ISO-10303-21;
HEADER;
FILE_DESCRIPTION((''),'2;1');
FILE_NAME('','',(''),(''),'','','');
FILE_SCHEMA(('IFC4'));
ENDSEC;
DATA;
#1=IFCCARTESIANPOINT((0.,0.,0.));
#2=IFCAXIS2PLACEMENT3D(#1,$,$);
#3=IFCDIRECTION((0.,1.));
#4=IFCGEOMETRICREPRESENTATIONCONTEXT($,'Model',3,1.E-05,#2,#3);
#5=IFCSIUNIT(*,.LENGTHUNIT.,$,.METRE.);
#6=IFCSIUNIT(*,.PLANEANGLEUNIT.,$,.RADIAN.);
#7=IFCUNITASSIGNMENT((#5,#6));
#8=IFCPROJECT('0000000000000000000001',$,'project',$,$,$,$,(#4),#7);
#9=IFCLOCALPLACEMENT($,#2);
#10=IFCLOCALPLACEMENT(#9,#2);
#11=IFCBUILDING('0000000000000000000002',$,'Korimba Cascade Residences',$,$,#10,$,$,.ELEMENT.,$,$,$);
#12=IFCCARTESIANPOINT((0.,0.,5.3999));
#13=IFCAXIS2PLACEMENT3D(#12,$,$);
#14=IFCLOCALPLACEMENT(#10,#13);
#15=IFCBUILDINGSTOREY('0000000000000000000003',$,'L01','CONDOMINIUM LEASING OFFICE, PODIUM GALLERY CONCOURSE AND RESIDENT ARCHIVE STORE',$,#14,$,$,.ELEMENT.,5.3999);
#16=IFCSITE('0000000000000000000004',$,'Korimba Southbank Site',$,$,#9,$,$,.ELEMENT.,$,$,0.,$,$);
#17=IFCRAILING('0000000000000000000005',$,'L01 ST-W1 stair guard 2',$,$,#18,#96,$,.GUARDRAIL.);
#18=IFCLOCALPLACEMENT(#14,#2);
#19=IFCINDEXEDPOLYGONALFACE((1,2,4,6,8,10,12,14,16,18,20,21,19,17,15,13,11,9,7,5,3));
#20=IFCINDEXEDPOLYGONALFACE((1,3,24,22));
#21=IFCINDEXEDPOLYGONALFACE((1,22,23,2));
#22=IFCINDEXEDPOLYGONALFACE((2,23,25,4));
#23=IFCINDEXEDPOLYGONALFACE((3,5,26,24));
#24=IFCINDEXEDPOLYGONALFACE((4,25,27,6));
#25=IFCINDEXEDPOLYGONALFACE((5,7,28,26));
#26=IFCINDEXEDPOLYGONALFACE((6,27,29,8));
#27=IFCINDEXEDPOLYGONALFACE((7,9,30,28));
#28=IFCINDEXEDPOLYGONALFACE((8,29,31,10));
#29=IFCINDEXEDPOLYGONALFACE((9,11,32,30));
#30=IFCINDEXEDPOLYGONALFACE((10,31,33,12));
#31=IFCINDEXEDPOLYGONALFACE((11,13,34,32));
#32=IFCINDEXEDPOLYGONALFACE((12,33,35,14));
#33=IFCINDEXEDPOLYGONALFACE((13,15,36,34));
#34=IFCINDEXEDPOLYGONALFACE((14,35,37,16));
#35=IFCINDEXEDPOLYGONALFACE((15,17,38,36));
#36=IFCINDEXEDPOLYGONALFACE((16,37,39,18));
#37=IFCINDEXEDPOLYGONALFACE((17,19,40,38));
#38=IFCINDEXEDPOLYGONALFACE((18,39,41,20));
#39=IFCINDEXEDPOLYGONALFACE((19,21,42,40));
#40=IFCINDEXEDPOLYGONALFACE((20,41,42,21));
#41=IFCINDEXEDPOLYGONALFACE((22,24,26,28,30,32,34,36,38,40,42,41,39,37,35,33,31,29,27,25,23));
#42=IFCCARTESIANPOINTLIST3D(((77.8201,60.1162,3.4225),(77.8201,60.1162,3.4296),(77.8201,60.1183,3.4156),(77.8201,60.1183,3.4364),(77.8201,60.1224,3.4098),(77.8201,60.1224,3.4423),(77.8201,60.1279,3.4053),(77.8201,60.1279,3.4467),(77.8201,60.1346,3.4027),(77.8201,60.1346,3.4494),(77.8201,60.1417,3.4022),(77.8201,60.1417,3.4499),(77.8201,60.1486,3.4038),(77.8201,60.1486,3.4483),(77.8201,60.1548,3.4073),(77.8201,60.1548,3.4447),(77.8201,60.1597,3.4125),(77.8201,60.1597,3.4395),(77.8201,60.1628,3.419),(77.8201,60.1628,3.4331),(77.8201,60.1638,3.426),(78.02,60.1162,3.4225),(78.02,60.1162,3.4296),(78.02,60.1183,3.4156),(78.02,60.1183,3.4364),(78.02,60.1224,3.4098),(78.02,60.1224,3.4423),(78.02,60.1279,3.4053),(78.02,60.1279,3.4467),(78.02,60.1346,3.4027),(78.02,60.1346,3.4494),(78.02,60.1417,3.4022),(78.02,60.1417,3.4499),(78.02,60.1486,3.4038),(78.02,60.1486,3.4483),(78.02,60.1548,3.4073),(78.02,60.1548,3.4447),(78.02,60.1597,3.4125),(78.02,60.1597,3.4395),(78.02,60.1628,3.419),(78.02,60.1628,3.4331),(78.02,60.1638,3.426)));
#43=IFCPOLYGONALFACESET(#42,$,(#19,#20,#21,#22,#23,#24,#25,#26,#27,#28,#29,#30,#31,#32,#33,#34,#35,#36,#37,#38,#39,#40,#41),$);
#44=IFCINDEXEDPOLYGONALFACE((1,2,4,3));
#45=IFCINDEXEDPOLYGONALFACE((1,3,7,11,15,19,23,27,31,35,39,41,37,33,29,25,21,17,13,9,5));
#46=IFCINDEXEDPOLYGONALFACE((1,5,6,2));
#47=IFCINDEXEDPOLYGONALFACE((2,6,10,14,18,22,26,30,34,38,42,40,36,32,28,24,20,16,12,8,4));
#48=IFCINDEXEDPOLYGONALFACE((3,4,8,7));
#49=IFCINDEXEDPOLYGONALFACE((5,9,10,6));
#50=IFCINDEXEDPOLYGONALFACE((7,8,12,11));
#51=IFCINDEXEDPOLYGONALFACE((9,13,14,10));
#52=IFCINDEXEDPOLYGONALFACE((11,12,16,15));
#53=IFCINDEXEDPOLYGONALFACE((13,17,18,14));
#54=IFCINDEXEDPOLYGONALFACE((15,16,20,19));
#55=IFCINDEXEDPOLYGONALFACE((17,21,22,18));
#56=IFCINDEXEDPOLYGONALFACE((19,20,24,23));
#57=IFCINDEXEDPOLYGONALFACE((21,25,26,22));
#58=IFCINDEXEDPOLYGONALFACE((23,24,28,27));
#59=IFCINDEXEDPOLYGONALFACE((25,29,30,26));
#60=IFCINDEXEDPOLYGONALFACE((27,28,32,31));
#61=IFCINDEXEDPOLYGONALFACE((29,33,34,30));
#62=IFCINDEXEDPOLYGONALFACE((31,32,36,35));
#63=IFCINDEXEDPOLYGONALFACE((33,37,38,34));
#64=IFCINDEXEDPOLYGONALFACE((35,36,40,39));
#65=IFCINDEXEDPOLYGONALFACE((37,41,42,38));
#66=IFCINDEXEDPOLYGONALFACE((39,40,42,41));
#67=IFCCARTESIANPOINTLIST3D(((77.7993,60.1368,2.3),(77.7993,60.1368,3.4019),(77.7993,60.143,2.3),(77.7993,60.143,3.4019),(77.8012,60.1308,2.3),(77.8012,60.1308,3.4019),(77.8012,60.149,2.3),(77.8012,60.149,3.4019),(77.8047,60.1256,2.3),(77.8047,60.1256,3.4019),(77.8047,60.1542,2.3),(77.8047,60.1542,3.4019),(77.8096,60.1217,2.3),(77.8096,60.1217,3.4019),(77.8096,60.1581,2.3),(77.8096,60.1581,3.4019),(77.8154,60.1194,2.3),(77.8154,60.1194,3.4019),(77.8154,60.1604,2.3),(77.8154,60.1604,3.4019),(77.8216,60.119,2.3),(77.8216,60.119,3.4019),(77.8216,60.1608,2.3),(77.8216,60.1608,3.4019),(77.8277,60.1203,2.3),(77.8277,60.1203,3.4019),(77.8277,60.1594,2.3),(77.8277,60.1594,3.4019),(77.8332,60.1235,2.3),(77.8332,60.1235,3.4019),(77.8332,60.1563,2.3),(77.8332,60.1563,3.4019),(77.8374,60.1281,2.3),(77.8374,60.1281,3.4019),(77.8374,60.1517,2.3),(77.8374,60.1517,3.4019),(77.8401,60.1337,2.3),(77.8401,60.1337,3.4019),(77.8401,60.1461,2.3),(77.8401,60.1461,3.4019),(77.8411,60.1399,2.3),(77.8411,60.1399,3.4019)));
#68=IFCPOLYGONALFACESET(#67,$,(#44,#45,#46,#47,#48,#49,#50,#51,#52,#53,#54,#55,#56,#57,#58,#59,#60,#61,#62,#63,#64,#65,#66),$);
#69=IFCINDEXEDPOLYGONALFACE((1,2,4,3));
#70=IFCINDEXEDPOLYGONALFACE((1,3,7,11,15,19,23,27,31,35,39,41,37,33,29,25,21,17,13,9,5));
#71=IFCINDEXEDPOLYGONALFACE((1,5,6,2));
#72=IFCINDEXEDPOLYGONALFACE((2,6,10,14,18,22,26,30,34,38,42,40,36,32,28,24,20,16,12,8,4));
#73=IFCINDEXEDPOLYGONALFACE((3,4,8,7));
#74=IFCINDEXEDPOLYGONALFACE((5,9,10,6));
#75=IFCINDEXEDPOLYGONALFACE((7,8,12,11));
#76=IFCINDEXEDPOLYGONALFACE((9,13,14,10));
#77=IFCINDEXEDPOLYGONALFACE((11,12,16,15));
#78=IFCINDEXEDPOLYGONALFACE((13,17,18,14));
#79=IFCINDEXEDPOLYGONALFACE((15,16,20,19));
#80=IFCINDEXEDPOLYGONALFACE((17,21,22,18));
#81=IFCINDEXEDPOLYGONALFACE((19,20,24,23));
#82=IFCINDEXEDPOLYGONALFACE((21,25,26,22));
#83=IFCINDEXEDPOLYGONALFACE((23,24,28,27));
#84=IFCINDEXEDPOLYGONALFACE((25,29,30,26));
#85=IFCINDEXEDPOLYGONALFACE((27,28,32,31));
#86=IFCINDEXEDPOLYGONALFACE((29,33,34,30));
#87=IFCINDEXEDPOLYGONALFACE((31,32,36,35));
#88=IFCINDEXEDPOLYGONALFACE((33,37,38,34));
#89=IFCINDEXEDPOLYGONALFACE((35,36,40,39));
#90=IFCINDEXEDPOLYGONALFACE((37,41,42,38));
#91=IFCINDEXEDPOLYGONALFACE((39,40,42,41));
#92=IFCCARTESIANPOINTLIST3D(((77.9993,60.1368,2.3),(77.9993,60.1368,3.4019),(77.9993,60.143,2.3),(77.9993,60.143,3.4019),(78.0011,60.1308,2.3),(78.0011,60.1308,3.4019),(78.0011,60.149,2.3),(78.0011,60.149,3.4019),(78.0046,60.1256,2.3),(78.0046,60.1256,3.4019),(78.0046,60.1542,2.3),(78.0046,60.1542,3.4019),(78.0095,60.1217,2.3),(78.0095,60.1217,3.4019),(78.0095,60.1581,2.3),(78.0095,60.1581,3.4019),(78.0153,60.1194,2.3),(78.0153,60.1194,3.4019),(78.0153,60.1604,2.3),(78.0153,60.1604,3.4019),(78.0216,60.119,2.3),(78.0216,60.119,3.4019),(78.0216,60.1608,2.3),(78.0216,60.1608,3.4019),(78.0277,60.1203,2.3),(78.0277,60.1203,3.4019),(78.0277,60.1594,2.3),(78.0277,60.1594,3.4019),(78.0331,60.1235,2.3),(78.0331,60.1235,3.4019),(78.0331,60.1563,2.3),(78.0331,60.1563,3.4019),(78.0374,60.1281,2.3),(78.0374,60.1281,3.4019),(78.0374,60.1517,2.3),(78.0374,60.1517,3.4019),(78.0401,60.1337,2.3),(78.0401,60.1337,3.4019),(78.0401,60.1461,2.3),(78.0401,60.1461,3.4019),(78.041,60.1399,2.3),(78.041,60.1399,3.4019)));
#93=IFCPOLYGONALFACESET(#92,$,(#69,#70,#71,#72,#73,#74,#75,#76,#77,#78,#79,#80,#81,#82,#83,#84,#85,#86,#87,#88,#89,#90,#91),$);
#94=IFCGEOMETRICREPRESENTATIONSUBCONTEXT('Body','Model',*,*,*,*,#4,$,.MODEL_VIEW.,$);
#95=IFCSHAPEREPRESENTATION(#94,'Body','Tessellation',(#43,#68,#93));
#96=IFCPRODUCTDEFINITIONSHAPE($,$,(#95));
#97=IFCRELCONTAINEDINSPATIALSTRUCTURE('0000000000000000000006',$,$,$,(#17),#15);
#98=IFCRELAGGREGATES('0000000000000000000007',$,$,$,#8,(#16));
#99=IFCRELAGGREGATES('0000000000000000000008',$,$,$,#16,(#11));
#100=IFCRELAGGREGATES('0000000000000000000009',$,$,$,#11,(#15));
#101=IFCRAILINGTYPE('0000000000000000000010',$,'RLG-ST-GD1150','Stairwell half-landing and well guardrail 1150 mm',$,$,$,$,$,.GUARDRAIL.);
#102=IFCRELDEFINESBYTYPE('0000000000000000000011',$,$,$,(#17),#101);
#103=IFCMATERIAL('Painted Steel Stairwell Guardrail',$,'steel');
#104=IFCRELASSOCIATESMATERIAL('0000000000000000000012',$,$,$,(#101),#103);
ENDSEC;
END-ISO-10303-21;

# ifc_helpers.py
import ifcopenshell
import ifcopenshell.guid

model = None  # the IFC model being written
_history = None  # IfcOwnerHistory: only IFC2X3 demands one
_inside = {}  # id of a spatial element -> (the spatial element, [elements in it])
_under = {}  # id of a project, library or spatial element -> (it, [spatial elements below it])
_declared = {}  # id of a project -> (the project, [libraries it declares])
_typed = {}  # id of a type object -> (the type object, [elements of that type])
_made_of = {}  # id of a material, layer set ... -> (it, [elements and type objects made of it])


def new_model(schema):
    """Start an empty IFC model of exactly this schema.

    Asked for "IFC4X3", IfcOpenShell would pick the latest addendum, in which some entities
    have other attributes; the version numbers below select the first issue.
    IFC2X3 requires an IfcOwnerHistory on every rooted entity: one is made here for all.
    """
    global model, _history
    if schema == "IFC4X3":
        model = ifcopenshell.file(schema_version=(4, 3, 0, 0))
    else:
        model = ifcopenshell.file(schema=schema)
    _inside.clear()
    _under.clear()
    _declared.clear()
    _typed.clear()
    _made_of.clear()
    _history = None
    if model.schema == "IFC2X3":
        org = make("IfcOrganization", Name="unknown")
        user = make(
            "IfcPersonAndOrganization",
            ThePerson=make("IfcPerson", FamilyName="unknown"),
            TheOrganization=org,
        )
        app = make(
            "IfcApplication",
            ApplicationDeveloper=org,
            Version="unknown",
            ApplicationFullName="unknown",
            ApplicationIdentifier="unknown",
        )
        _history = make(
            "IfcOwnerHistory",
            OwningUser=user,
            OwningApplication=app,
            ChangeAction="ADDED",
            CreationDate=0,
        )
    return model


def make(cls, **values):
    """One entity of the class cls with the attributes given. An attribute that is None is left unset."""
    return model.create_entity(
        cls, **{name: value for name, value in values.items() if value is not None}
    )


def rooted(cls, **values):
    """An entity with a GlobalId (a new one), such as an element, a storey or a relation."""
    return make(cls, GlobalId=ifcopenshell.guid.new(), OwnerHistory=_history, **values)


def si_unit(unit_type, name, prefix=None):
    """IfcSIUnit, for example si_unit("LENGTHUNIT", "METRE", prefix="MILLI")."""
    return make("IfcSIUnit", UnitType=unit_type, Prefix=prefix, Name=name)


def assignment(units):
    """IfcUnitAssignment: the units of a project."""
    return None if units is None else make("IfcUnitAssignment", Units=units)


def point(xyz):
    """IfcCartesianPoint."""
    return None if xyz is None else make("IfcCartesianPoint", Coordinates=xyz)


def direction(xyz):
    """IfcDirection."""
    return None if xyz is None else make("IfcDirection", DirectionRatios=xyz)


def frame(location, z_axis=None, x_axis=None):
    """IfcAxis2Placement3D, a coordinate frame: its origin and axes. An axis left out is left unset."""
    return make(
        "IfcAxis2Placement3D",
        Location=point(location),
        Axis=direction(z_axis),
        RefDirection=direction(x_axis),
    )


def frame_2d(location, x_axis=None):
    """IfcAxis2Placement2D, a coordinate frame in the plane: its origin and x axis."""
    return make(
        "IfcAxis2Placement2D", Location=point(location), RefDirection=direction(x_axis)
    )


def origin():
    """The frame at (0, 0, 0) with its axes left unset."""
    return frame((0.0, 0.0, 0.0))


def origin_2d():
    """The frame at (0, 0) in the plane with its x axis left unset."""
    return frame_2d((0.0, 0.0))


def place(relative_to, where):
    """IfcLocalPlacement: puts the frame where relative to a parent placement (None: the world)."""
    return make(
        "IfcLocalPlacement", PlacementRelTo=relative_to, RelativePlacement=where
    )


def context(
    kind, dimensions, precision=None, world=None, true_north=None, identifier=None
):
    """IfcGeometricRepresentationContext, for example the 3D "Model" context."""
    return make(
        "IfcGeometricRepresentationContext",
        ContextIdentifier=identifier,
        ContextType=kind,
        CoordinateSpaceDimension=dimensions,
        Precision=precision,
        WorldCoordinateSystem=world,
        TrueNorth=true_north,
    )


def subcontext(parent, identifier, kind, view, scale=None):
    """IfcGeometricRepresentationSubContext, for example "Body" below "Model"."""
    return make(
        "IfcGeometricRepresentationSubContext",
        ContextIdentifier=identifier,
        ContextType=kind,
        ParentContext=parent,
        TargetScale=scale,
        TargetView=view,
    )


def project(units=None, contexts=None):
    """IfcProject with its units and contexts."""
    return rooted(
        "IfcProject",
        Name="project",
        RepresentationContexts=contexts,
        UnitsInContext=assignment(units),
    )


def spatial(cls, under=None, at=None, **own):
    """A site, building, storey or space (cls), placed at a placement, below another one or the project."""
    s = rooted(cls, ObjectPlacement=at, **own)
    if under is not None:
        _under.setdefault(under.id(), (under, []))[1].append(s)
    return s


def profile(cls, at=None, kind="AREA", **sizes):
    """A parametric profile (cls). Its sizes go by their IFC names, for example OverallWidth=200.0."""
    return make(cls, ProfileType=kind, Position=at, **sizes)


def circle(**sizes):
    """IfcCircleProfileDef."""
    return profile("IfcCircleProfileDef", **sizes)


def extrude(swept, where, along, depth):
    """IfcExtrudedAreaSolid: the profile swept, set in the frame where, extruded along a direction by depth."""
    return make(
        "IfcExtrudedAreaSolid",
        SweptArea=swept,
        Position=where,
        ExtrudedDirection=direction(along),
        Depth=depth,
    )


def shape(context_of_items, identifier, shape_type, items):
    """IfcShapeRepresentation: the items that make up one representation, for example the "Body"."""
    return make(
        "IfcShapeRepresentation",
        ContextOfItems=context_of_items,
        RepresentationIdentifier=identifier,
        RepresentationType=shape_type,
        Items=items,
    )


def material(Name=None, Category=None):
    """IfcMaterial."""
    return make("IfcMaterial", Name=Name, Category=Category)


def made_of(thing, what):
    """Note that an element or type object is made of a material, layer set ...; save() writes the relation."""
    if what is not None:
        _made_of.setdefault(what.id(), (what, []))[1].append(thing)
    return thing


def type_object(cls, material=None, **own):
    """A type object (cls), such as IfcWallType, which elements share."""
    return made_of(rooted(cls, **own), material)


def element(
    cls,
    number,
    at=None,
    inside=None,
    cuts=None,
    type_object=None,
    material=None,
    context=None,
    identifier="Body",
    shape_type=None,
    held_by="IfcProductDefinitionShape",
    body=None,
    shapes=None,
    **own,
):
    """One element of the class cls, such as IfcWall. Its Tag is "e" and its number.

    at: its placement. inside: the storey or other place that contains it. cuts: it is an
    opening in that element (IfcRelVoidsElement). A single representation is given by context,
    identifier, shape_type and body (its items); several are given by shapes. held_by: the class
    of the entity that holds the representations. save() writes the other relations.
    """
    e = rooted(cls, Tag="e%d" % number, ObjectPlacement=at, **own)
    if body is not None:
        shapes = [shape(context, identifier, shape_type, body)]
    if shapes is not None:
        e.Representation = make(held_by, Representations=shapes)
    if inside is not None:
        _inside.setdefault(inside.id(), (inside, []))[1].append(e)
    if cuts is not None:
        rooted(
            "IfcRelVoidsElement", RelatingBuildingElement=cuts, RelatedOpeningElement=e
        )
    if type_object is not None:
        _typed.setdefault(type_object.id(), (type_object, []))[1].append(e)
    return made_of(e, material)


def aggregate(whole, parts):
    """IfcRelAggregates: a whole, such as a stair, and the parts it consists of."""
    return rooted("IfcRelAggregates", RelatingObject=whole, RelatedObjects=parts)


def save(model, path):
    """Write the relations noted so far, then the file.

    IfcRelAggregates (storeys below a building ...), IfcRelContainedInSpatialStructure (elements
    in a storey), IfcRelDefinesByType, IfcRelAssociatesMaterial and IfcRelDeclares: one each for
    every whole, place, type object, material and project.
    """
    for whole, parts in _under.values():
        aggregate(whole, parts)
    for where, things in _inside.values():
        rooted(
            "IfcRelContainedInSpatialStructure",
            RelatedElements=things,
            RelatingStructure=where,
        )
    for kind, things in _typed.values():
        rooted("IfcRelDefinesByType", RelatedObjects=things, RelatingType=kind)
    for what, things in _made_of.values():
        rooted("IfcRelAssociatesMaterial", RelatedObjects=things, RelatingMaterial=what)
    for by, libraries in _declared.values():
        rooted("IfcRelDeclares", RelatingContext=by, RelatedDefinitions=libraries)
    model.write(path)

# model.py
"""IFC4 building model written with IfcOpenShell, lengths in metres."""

from ifc_helpers import new_model, si_unit, direction, frame, origin, origin_2d, place, context, subcontext, project, spatial, circle, extrude, material, type_object, element, save


model = new_model("IFC4")

# Units and contexts
model_context = context("Model", 3, precision=1e-05, world=origin(), true_north=direction((0.0, 1.0)))
body_context = subcontext(model_context, "Body", "Model", "MODEL_VIEW")
ifc_project = project(units=[si_unit("LENGTHUNIT", "METRE"), si_unit("PLANEANGLEUNIT", "RADIAN")], contexts=[model_context])

# Site, building, storey
site_placement = place(None, origin())
site = spatial("IfcSite", under=ifc_project, at=site_placement, Name="Korimba Southbank Site", CompositionType="ELEMENT", RefElevation=0.0)
building_placement = place(site_placement, origin())
building = spatial("IfcBuilding", under=site, at=building_placement, Name="Korimba Cascade Residences", CompositionType="ELEMENT")
storey_placement = place(building_placement, frame((0.0, 0.0, 5.3999)))
storey = spatial("IfcBuildingStorey", under=building, at=storey_placement, Name="L01", Description="CONDOMINIUM LEASING OFFICE, PODIUM GALLERY CONCOURSE AND RESIDENT ARCHIVE STORE", CompositionType="ELEMENT", Elevation=5.3999)

# Railing
ifc_material_1 = material(Name="Painted Steel Stairwell Guardrail", Category="steel")
railing_type_1 = type_object("IfcRailingType", Name="RLG-ST-GD1150", Description="Stairwell half-landing and well guardrail 1150 mm", PredefinedType="GUARDRAIL", material=ifc_material_1)
railing_1_placement = place(storey_placement, frame((77.8201, 60.1399, 2.3)))
element("IfcRailing", 1, at=railing_1_placement, inside=storey, type_object=railing_type_1, Name="L01 ST-W1 stair guard 2", PredefinedType="GUARDRAIL", context=body_context, shape_type="SweptSolid", body=[
    extrude(circle(Radius=0.0239, at=origin_2d()), frame((0.0, 0.0, 1.126), z_axis=(1.0, 0.0, 0.0), x_axis=(0.0, 1.0, 0.0)), (0.0, 0.0, 1.0), 0.2),
    extrude(circle(Radius=0.021, at=origin_2d()), origin(), (0.0, 0.0, 1.0), 1.1018),
    extrude(circle(Radius=0.021, at=origin_2d()), frame((0.2, 0.0, 0.0)), (0.0, 0.0, 1.0), 1.1018),
])

save(model, "model.ifc")
